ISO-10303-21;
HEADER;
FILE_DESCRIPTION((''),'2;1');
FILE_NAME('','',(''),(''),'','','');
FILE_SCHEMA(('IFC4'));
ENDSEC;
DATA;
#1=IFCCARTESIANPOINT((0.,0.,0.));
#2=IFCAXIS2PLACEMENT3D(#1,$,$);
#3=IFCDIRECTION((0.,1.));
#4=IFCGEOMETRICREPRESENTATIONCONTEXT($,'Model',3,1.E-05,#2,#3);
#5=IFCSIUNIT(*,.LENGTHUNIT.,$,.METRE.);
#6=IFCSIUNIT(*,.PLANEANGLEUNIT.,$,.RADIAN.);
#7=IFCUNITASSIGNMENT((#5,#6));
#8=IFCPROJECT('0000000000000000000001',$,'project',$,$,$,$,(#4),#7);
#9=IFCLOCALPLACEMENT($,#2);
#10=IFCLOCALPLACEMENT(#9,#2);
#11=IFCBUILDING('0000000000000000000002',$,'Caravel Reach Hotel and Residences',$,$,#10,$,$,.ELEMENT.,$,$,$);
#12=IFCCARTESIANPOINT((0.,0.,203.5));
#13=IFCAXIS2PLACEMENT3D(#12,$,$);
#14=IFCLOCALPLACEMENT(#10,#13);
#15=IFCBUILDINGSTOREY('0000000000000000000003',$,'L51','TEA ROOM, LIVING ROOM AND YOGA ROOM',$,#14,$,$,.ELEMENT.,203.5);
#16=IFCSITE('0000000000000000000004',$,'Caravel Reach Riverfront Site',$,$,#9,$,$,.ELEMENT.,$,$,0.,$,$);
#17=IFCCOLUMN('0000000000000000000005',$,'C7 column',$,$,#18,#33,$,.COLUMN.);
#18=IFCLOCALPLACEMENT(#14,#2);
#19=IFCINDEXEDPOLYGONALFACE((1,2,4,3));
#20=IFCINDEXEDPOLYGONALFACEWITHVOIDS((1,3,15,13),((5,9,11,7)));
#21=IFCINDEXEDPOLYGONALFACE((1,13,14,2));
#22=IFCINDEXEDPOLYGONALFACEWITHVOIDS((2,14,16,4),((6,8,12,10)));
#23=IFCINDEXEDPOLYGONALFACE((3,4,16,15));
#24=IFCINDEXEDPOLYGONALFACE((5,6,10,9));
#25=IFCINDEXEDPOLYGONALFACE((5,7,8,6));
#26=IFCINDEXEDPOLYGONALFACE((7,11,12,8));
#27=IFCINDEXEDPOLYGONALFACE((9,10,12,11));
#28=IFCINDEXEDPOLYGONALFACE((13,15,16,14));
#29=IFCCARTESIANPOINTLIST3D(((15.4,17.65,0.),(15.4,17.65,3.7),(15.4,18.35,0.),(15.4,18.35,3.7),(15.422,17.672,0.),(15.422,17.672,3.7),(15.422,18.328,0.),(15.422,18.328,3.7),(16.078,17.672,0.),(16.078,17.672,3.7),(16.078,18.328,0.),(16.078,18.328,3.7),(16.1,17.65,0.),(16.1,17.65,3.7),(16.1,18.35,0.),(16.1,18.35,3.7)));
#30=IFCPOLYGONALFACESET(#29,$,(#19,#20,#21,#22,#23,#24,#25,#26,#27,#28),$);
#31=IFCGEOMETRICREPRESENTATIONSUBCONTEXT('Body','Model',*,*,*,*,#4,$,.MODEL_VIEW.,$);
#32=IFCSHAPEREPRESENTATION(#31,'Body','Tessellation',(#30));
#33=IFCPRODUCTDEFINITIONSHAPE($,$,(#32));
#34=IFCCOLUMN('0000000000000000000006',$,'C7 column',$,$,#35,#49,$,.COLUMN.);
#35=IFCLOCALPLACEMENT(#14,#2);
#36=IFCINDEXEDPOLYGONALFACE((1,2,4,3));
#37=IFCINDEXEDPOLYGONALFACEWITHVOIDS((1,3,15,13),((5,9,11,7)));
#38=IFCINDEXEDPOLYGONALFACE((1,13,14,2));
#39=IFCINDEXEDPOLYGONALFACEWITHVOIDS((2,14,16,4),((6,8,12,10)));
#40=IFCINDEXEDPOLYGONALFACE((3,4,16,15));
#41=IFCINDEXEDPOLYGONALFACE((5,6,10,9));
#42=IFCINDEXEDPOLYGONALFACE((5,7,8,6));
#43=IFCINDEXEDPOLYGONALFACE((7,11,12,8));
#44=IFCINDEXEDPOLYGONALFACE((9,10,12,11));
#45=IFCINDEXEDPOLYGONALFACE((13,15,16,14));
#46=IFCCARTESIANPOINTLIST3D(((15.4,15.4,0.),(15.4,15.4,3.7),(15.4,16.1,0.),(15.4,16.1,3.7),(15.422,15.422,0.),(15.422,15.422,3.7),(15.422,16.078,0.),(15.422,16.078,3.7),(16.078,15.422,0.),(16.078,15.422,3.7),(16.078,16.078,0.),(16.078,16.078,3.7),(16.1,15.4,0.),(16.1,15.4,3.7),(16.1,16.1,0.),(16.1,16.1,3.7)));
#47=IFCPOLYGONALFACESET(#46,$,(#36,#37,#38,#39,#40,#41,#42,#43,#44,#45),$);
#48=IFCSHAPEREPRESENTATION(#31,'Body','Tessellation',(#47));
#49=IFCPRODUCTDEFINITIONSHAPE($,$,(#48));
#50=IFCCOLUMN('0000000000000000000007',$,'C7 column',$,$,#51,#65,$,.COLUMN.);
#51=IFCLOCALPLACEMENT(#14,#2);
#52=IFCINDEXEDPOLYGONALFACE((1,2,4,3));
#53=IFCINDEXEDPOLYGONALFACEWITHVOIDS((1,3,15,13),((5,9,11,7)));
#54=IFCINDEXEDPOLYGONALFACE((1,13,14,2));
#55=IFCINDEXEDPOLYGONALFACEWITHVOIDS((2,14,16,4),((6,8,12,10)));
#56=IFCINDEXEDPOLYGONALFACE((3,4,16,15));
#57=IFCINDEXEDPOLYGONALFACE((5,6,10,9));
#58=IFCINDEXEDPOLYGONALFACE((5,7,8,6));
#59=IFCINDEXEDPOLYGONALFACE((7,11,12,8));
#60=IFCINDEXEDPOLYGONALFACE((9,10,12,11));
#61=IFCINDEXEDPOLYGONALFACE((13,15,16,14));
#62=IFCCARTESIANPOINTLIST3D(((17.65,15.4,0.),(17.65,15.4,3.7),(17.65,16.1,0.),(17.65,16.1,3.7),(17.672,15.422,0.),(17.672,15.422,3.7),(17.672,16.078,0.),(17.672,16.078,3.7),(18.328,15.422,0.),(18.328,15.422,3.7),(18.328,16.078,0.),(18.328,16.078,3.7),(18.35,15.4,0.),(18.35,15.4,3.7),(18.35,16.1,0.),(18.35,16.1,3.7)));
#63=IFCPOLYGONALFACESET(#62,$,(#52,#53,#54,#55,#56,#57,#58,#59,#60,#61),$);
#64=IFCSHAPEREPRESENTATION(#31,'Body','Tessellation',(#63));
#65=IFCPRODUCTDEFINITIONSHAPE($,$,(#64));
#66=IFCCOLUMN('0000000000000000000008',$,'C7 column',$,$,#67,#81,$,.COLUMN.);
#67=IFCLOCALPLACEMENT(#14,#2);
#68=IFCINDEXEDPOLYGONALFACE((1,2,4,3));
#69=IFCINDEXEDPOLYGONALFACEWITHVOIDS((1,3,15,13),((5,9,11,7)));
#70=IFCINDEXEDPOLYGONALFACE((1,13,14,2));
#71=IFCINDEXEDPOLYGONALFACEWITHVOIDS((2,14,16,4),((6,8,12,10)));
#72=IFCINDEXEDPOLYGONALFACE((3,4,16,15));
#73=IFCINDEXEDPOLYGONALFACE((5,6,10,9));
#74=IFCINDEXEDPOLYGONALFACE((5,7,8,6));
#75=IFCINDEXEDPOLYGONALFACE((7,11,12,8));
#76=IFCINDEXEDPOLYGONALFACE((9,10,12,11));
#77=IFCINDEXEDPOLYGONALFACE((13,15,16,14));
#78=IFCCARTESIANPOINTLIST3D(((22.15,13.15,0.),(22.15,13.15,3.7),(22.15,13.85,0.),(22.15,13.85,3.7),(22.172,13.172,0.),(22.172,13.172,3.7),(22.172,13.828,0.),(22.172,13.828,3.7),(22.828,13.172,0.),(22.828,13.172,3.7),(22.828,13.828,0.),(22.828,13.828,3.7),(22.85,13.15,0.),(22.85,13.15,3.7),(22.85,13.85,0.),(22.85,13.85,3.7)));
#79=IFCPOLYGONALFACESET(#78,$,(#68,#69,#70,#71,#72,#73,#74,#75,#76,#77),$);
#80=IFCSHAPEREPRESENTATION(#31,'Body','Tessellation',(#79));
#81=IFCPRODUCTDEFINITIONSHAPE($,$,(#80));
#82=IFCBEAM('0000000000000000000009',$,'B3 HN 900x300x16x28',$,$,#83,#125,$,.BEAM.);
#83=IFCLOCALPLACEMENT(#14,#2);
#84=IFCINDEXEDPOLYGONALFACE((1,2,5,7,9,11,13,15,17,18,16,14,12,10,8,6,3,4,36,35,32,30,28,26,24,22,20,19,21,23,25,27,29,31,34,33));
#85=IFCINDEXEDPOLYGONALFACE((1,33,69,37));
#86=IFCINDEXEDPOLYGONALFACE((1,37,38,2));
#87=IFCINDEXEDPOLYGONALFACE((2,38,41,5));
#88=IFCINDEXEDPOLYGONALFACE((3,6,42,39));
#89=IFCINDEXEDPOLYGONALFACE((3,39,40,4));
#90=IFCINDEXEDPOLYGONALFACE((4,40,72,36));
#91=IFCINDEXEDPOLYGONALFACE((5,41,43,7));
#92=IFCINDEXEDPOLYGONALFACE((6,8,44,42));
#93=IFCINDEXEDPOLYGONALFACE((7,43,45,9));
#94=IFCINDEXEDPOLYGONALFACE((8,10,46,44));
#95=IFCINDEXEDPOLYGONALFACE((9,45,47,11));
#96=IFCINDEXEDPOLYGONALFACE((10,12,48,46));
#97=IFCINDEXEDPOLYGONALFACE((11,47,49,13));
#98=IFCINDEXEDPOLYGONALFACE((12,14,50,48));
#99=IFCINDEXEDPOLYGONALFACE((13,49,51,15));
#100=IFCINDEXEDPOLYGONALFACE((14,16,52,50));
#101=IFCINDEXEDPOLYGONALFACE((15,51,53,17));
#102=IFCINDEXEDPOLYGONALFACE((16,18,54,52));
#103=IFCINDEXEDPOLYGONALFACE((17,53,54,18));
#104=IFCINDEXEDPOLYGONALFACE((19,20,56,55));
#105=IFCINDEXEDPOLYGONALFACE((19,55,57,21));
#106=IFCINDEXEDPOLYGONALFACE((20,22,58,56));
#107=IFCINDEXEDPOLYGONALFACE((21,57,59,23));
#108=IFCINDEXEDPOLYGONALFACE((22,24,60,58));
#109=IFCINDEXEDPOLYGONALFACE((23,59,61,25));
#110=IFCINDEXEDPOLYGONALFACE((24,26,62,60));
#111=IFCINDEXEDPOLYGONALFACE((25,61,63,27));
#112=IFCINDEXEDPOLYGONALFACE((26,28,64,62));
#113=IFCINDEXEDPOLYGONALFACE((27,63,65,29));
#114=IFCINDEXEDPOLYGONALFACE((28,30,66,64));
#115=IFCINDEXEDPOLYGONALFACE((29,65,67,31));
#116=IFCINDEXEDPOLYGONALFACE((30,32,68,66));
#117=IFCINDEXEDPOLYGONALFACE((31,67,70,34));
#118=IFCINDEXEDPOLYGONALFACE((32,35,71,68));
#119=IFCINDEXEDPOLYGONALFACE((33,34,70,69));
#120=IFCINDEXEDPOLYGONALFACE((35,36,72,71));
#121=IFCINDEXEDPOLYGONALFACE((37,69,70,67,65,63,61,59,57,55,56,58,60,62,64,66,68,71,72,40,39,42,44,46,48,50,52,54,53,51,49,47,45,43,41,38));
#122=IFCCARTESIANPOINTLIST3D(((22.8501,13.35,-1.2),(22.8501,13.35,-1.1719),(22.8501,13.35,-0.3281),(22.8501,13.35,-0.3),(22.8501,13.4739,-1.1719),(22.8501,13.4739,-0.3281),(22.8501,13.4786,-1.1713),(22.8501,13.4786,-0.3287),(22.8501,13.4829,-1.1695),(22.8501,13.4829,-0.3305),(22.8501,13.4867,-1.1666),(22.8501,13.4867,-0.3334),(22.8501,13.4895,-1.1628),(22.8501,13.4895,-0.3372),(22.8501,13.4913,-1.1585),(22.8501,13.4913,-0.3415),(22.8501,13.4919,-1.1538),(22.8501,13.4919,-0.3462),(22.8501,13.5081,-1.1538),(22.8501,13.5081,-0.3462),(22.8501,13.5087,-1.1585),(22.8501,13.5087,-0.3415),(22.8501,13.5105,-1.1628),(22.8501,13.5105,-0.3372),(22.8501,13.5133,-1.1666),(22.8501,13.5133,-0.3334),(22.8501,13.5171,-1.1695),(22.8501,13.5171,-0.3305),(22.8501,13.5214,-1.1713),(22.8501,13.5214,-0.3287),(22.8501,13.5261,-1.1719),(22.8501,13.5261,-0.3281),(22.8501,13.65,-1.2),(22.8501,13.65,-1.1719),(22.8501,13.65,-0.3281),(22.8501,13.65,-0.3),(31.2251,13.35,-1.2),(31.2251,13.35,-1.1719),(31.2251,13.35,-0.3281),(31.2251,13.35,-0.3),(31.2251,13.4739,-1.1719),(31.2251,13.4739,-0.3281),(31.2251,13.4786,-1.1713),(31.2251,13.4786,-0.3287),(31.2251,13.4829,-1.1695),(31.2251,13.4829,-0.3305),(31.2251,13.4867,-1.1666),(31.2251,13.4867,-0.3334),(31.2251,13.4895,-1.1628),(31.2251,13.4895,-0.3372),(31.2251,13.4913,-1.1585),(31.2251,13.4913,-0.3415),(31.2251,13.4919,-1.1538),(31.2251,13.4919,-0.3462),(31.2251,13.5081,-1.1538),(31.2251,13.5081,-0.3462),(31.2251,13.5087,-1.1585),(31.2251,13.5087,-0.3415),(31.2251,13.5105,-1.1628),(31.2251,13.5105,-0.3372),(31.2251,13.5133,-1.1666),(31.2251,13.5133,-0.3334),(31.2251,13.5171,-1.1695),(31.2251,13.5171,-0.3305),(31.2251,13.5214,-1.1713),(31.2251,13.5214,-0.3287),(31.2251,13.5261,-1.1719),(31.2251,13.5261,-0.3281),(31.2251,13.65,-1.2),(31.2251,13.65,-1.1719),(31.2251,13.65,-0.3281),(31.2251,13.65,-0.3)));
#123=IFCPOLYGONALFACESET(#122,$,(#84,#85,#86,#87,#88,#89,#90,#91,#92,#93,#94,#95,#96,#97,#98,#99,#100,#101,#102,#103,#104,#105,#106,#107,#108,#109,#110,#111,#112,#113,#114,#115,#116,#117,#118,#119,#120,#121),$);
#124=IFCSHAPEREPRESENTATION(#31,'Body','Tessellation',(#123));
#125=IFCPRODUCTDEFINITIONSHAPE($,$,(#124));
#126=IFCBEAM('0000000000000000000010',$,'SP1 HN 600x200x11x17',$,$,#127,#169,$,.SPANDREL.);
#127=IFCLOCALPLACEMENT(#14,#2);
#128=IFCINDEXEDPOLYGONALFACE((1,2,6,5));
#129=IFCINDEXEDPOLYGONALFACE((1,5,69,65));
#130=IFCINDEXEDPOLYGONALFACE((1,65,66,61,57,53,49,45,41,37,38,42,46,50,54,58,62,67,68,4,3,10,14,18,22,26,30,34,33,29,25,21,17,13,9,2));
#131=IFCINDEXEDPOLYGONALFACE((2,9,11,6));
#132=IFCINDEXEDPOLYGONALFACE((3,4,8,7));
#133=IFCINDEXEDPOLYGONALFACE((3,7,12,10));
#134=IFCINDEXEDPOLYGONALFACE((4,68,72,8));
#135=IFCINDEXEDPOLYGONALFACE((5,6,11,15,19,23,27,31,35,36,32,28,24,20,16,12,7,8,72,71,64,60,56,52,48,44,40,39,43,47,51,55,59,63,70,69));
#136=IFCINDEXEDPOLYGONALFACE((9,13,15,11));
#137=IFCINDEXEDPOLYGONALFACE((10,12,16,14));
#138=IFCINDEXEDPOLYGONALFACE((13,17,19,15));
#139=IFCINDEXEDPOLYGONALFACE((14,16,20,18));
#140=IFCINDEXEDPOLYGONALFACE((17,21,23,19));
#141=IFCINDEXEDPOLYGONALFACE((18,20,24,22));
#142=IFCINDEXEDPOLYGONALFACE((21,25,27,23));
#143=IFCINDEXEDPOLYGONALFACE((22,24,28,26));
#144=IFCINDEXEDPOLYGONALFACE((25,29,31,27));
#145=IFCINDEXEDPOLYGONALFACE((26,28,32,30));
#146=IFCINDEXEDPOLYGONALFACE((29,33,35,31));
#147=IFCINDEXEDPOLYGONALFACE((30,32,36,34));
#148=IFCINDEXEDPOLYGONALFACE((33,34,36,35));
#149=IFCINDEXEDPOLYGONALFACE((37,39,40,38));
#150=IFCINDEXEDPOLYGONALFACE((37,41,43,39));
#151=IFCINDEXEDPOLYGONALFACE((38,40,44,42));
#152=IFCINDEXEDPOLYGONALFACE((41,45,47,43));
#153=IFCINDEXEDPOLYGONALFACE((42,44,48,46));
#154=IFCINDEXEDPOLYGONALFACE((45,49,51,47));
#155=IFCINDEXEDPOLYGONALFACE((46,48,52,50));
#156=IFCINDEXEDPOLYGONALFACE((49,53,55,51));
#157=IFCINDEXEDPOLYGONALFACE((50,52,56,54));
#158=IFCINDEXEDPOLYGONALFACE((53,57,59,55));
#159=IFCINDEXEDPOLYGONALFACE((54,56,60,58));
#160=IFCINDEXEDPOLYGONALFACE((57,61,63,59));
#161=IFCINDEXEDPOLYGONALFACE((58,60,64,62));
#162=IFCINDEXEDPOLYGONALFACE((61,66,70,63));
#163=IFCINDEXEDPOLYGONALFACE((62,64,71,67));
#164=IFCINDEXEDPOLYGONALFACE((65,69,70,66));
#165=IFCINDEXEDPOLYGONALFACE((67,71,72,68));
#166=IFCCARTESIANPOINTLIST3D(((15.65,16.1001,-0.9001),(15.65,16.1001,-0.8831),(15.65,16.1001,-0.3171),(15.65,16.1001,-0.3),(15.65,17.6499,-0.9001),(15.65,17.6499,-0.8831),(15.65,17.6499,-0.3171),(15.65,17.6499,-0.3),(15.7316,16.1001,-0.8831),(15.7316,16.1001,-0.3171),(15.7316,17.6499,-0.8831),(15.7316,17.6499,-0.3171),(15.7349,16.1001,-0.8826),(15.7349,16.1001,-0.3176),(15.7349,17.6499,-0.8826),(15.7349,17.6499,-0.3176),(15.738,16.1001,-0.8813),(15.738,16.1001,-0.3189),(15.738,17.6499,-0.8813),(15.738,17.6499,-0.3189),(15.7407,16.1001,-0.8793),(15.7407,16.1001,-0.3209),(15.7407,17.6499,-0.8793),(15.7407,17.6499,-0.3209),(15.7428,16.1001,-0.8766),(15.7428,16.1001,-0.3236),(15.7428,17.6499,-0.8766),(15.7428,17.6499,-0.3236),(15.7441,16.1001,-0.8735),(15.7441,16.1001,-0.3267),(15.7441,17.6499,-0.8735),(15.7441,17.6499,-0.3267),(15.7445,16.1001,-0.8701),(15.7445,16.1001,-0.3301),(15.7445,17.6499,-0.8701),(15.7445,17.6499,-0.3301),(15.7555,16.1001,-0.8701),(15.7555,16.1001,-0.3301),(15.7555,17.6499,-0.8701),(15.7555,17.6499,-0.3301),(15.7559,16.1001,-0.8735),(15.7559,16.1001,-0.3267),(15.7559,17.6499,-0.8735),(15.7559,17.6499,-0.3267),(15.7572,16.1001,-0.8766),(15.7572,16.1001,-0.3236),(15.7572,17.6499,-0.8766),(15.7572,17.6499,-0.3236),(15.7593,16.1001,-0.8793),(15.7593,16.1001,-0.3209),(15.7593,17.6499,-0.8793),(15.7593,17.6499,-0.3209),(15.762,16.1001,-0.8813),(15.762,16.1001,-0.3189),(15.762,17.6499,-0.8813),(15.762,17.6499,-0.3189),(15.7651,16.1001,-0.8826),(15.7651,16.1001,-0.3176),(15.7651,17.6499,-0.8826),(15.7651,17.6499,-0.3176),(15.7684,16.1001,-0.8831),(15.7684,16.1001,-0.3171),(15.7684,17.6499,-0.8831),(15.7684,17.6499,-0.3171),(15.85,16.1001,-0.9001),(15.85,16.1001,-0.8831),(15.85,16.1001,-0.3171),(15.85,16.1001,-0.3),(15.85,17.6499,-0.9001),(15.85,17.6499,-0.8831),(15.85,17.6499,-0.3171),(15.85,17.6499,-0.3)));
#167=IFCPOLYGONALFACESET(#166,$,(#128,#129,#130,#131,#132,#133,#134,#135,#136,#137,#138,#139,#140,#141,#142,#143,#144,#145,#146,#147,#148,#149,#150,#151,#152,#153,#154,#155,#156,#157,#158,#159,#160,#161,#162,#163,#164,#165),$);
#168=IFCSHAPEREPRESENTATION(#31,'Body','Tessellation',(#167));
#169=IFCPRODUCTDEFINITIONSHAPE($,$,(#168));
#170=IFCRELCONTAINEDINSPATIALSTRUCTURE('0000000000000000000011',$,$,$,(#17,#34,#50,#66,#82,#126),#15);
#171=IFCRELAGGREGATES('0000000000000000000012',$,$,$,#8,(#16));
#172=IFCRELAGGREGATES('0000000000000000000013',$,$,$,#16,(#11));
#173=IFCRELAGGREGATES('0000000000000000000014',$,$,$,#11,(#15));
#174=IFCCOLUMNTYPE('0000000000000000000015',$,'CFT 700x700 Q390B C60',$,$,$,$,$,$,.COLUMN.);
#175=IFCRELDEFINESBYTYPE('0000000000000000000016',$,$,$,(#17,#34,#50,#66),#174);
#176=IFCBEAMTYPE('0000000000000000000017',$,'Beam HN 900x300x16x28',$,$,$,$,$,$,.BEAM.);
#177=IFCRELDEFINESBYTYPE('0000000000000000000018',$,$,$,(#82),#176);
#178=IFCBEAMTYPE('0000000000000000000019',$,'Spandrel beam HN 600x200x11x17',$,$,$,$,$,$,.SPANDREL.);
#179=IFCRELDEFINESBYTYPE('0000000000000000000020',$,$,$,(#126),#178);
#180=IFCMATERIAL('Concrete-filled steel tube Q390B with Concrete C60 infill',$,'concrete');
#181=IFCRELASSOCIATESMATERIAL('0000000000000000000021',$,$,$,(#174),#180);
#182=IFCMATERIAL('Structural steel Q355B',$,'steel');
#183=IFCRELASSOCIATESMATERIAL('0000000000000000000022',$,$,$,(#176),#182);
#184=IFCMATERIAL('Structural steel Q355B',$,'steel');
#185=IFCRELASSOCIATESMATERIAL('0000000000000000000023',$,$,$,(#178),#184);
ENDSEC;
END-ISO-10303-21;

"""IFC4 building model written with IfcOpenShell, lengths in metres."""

from ifc_helpers import new_model, si_unit, direction, frame, origin, origin_2d, place, context, subcontext, project, spatial, hollow_rectangle, i_section, extrude, material, material_profile, profile_set, type_object, element, save


model = new_model("IFC4")

# Units and contexts
model_context = context("Model", 3, precision=1e-05, world=origin(), true_north=direction((0.0, 1.0)))
body_context = subcontext(model_context, "Body", "Model", "MODEL_VIEW")
ifc_project = project(units=[si_unit("LENGTHUNIT", "METRE"), si_unit("PLANEANGLEUNIT", "RADIAN")], contexts=[model_context])

# Site, building, storey
site_placement = place(None, origin())
site = spatial("IfcSite", under=ifc_project, at=site_placement, Name="Caravel Reach Riverfront Site", CompositionType="ELEMENT", RefElevation=0.0)
building_placement = place(site_placement, origin())
building = spatial("IfcBuilding", under=site, at=building_placement, Name="Caravel Reach Hotel and Residences", CompositionType="ELEMENT")
storey_placement = place(building_placement, frame((0.0, 0.0, 203.5)))
storey = spatial("IfcBuildingStorey", under=building, at=storey_placement, Name="L51", Description="TEA ROOM, LIVING ROOM AND YOGA ROOM", CompositionType="ELEMENT", Elevation=203.5)

# Columns
ifc_material_1 = material(Name="Concrete-filled steel tube Q390B with Concrete C60 infill", Category="concrete")
ifc_material_profile_1 = material_profile(ifc_material_1, hollow_rectangle(XDim=0.7, YDim=0.7, WallThickness=0.022, at=origin_2d()), Name="RHS 700x700x22")
ifc_profile_set_1 = profile_set([ifc_material_profile_1], Name="Concrete-filled steel tube Q390B with Concrete C60 infill")
column_type = type_object("IfcColumnType", Name="CFT 700x700 Q390B C60", PredefinedType="COLUMN", material=ifc_profile_set_1)
for number, where, z_axis, x_axis, name in (
    (1, (15.75, 18.0, 0.0), (0.0, 0.0, 1.0), (1.0, 0.0, 0.0), "C7 column"),
    (2, (15.75, 15.75, 0.0), (0.0, 0.0, 1.0), (1.0, 0.0, 0.0), "C7 column"),
    (3, (18.0, 15.75, 0.0), (0.0, 0.0, 1.0), (1.0, 0.0, 0.0), "C7 column"),
    (4, (22.5, 13.5, 0.0), (0.0, 0.0, 1.0), (1.0, 0.0, 0.0), "C7 column"),
):
    element("IfcColumn", number, at=place(storey_placement, frame(where, z_axis=z_axis, x_axis=x_axis)), inside=storey, type_object=column_type, Name=name, PredefinedType="COLUMN", context=body_context, shape_type="SweptSolid", body=[
        extrude(hollow_rectangle(XDim=0.7, YDim=0.7, WallThickness=0.022, at=origin_2d()), origin(), (0.0, 0.0, 1.0), 3.7),
    ])

# Beams
ifc_material_2 = material(Name="Structural steel Q355B", Category="steel")
ifc_material_profile_2 = material_profile(ifc_material_2, i_section(OverallWidth=0.3, OverallDepth=0.8999, WebThickness=0.0161, FlangeThickness=0.0281, FilletRadius=0.0181, at=origin_2d()), Name="HN 900x300x16x28")
ifc_profile_set_2 = profile_set([ifc_material_profile_2], Name="Structural steel Q355B")
beam_type_1 = type_object("IfcBeamType", Name="Beam HN 900x300x16x28", PredefinedType="BEAM", material=ifc_profile_set_2)
beam_placement = place(storey_placement, frame((22.8501, 13.5, -0.75), z_axis=(1.0, 0.0, 0.0), x_axis=(0.0, 1.0, 0.0)))
element("IfcBeam", 5, at=beam_placement, inside=storey, type_object=beam_type_1, Name="B3 HN 900x300x16x28", PredefinedType="BEAM", context=body_context, shape_type="SweptSolid", body=[
    extrude(i_section(OverallWidth=0.3, OverallDepth=0.8999, WebThickness=0.0161, FlangeThickness=0.0281, FilletRadius=0.0181, at=origin_2d()), origin(), (0.0, 0.0, 1.0), 8.375),
])
ifc_material_3 = material(Name="Structural steel Q355B", Category="steel")
ifc_material_profile_3 = material_profile(ifc_material_3, i_section(OverallWidth=0.2, OverallDepth=0.6001, WebThickness=0.011, FlangeThickness=0.0171, FilletRadius=0.0129, at=origin_2d()), Name="HN 600x200x11x17")
ifc_profile_set_3 = profile_set([ifc_material_profile_3], Name="Structural steel Q355B")
beam_type_2 = type_object("IfcBeamType", Name="Spandrel beam HN 600x200x11x17", PredefinedType="SPANDREL", material=ifc_profile_set_3)
for number, where, z_axis, x_axis, name in (
    (6, (15.75, 17.6499, -0.6001), (0.0, -1.0, 0.0), (1.0, 0.0, 0.0), "SP1 HN 600x200x11x17"),
):
    element("IfcBeam", number, at=place(storey_placement, frame(where, z_axis=z_axis, x_axis=x_axis)), inside=storey, type_object=beam_type_2, Name=name, PredefinedType="SPANDREL", context=body_context, shape_type="SweptSolid", body=[
        extrude(i_section(OverallWidth=0.2, OverallDepth=0.6001, WebThickness=0.011, FlangeThickness=0.0171, FilletRadius=0.0129, at=origin_2d()), origin(), (0.0, 0.0, 1.0), 1.5498),
    ])

save(model, "model.ifc")
